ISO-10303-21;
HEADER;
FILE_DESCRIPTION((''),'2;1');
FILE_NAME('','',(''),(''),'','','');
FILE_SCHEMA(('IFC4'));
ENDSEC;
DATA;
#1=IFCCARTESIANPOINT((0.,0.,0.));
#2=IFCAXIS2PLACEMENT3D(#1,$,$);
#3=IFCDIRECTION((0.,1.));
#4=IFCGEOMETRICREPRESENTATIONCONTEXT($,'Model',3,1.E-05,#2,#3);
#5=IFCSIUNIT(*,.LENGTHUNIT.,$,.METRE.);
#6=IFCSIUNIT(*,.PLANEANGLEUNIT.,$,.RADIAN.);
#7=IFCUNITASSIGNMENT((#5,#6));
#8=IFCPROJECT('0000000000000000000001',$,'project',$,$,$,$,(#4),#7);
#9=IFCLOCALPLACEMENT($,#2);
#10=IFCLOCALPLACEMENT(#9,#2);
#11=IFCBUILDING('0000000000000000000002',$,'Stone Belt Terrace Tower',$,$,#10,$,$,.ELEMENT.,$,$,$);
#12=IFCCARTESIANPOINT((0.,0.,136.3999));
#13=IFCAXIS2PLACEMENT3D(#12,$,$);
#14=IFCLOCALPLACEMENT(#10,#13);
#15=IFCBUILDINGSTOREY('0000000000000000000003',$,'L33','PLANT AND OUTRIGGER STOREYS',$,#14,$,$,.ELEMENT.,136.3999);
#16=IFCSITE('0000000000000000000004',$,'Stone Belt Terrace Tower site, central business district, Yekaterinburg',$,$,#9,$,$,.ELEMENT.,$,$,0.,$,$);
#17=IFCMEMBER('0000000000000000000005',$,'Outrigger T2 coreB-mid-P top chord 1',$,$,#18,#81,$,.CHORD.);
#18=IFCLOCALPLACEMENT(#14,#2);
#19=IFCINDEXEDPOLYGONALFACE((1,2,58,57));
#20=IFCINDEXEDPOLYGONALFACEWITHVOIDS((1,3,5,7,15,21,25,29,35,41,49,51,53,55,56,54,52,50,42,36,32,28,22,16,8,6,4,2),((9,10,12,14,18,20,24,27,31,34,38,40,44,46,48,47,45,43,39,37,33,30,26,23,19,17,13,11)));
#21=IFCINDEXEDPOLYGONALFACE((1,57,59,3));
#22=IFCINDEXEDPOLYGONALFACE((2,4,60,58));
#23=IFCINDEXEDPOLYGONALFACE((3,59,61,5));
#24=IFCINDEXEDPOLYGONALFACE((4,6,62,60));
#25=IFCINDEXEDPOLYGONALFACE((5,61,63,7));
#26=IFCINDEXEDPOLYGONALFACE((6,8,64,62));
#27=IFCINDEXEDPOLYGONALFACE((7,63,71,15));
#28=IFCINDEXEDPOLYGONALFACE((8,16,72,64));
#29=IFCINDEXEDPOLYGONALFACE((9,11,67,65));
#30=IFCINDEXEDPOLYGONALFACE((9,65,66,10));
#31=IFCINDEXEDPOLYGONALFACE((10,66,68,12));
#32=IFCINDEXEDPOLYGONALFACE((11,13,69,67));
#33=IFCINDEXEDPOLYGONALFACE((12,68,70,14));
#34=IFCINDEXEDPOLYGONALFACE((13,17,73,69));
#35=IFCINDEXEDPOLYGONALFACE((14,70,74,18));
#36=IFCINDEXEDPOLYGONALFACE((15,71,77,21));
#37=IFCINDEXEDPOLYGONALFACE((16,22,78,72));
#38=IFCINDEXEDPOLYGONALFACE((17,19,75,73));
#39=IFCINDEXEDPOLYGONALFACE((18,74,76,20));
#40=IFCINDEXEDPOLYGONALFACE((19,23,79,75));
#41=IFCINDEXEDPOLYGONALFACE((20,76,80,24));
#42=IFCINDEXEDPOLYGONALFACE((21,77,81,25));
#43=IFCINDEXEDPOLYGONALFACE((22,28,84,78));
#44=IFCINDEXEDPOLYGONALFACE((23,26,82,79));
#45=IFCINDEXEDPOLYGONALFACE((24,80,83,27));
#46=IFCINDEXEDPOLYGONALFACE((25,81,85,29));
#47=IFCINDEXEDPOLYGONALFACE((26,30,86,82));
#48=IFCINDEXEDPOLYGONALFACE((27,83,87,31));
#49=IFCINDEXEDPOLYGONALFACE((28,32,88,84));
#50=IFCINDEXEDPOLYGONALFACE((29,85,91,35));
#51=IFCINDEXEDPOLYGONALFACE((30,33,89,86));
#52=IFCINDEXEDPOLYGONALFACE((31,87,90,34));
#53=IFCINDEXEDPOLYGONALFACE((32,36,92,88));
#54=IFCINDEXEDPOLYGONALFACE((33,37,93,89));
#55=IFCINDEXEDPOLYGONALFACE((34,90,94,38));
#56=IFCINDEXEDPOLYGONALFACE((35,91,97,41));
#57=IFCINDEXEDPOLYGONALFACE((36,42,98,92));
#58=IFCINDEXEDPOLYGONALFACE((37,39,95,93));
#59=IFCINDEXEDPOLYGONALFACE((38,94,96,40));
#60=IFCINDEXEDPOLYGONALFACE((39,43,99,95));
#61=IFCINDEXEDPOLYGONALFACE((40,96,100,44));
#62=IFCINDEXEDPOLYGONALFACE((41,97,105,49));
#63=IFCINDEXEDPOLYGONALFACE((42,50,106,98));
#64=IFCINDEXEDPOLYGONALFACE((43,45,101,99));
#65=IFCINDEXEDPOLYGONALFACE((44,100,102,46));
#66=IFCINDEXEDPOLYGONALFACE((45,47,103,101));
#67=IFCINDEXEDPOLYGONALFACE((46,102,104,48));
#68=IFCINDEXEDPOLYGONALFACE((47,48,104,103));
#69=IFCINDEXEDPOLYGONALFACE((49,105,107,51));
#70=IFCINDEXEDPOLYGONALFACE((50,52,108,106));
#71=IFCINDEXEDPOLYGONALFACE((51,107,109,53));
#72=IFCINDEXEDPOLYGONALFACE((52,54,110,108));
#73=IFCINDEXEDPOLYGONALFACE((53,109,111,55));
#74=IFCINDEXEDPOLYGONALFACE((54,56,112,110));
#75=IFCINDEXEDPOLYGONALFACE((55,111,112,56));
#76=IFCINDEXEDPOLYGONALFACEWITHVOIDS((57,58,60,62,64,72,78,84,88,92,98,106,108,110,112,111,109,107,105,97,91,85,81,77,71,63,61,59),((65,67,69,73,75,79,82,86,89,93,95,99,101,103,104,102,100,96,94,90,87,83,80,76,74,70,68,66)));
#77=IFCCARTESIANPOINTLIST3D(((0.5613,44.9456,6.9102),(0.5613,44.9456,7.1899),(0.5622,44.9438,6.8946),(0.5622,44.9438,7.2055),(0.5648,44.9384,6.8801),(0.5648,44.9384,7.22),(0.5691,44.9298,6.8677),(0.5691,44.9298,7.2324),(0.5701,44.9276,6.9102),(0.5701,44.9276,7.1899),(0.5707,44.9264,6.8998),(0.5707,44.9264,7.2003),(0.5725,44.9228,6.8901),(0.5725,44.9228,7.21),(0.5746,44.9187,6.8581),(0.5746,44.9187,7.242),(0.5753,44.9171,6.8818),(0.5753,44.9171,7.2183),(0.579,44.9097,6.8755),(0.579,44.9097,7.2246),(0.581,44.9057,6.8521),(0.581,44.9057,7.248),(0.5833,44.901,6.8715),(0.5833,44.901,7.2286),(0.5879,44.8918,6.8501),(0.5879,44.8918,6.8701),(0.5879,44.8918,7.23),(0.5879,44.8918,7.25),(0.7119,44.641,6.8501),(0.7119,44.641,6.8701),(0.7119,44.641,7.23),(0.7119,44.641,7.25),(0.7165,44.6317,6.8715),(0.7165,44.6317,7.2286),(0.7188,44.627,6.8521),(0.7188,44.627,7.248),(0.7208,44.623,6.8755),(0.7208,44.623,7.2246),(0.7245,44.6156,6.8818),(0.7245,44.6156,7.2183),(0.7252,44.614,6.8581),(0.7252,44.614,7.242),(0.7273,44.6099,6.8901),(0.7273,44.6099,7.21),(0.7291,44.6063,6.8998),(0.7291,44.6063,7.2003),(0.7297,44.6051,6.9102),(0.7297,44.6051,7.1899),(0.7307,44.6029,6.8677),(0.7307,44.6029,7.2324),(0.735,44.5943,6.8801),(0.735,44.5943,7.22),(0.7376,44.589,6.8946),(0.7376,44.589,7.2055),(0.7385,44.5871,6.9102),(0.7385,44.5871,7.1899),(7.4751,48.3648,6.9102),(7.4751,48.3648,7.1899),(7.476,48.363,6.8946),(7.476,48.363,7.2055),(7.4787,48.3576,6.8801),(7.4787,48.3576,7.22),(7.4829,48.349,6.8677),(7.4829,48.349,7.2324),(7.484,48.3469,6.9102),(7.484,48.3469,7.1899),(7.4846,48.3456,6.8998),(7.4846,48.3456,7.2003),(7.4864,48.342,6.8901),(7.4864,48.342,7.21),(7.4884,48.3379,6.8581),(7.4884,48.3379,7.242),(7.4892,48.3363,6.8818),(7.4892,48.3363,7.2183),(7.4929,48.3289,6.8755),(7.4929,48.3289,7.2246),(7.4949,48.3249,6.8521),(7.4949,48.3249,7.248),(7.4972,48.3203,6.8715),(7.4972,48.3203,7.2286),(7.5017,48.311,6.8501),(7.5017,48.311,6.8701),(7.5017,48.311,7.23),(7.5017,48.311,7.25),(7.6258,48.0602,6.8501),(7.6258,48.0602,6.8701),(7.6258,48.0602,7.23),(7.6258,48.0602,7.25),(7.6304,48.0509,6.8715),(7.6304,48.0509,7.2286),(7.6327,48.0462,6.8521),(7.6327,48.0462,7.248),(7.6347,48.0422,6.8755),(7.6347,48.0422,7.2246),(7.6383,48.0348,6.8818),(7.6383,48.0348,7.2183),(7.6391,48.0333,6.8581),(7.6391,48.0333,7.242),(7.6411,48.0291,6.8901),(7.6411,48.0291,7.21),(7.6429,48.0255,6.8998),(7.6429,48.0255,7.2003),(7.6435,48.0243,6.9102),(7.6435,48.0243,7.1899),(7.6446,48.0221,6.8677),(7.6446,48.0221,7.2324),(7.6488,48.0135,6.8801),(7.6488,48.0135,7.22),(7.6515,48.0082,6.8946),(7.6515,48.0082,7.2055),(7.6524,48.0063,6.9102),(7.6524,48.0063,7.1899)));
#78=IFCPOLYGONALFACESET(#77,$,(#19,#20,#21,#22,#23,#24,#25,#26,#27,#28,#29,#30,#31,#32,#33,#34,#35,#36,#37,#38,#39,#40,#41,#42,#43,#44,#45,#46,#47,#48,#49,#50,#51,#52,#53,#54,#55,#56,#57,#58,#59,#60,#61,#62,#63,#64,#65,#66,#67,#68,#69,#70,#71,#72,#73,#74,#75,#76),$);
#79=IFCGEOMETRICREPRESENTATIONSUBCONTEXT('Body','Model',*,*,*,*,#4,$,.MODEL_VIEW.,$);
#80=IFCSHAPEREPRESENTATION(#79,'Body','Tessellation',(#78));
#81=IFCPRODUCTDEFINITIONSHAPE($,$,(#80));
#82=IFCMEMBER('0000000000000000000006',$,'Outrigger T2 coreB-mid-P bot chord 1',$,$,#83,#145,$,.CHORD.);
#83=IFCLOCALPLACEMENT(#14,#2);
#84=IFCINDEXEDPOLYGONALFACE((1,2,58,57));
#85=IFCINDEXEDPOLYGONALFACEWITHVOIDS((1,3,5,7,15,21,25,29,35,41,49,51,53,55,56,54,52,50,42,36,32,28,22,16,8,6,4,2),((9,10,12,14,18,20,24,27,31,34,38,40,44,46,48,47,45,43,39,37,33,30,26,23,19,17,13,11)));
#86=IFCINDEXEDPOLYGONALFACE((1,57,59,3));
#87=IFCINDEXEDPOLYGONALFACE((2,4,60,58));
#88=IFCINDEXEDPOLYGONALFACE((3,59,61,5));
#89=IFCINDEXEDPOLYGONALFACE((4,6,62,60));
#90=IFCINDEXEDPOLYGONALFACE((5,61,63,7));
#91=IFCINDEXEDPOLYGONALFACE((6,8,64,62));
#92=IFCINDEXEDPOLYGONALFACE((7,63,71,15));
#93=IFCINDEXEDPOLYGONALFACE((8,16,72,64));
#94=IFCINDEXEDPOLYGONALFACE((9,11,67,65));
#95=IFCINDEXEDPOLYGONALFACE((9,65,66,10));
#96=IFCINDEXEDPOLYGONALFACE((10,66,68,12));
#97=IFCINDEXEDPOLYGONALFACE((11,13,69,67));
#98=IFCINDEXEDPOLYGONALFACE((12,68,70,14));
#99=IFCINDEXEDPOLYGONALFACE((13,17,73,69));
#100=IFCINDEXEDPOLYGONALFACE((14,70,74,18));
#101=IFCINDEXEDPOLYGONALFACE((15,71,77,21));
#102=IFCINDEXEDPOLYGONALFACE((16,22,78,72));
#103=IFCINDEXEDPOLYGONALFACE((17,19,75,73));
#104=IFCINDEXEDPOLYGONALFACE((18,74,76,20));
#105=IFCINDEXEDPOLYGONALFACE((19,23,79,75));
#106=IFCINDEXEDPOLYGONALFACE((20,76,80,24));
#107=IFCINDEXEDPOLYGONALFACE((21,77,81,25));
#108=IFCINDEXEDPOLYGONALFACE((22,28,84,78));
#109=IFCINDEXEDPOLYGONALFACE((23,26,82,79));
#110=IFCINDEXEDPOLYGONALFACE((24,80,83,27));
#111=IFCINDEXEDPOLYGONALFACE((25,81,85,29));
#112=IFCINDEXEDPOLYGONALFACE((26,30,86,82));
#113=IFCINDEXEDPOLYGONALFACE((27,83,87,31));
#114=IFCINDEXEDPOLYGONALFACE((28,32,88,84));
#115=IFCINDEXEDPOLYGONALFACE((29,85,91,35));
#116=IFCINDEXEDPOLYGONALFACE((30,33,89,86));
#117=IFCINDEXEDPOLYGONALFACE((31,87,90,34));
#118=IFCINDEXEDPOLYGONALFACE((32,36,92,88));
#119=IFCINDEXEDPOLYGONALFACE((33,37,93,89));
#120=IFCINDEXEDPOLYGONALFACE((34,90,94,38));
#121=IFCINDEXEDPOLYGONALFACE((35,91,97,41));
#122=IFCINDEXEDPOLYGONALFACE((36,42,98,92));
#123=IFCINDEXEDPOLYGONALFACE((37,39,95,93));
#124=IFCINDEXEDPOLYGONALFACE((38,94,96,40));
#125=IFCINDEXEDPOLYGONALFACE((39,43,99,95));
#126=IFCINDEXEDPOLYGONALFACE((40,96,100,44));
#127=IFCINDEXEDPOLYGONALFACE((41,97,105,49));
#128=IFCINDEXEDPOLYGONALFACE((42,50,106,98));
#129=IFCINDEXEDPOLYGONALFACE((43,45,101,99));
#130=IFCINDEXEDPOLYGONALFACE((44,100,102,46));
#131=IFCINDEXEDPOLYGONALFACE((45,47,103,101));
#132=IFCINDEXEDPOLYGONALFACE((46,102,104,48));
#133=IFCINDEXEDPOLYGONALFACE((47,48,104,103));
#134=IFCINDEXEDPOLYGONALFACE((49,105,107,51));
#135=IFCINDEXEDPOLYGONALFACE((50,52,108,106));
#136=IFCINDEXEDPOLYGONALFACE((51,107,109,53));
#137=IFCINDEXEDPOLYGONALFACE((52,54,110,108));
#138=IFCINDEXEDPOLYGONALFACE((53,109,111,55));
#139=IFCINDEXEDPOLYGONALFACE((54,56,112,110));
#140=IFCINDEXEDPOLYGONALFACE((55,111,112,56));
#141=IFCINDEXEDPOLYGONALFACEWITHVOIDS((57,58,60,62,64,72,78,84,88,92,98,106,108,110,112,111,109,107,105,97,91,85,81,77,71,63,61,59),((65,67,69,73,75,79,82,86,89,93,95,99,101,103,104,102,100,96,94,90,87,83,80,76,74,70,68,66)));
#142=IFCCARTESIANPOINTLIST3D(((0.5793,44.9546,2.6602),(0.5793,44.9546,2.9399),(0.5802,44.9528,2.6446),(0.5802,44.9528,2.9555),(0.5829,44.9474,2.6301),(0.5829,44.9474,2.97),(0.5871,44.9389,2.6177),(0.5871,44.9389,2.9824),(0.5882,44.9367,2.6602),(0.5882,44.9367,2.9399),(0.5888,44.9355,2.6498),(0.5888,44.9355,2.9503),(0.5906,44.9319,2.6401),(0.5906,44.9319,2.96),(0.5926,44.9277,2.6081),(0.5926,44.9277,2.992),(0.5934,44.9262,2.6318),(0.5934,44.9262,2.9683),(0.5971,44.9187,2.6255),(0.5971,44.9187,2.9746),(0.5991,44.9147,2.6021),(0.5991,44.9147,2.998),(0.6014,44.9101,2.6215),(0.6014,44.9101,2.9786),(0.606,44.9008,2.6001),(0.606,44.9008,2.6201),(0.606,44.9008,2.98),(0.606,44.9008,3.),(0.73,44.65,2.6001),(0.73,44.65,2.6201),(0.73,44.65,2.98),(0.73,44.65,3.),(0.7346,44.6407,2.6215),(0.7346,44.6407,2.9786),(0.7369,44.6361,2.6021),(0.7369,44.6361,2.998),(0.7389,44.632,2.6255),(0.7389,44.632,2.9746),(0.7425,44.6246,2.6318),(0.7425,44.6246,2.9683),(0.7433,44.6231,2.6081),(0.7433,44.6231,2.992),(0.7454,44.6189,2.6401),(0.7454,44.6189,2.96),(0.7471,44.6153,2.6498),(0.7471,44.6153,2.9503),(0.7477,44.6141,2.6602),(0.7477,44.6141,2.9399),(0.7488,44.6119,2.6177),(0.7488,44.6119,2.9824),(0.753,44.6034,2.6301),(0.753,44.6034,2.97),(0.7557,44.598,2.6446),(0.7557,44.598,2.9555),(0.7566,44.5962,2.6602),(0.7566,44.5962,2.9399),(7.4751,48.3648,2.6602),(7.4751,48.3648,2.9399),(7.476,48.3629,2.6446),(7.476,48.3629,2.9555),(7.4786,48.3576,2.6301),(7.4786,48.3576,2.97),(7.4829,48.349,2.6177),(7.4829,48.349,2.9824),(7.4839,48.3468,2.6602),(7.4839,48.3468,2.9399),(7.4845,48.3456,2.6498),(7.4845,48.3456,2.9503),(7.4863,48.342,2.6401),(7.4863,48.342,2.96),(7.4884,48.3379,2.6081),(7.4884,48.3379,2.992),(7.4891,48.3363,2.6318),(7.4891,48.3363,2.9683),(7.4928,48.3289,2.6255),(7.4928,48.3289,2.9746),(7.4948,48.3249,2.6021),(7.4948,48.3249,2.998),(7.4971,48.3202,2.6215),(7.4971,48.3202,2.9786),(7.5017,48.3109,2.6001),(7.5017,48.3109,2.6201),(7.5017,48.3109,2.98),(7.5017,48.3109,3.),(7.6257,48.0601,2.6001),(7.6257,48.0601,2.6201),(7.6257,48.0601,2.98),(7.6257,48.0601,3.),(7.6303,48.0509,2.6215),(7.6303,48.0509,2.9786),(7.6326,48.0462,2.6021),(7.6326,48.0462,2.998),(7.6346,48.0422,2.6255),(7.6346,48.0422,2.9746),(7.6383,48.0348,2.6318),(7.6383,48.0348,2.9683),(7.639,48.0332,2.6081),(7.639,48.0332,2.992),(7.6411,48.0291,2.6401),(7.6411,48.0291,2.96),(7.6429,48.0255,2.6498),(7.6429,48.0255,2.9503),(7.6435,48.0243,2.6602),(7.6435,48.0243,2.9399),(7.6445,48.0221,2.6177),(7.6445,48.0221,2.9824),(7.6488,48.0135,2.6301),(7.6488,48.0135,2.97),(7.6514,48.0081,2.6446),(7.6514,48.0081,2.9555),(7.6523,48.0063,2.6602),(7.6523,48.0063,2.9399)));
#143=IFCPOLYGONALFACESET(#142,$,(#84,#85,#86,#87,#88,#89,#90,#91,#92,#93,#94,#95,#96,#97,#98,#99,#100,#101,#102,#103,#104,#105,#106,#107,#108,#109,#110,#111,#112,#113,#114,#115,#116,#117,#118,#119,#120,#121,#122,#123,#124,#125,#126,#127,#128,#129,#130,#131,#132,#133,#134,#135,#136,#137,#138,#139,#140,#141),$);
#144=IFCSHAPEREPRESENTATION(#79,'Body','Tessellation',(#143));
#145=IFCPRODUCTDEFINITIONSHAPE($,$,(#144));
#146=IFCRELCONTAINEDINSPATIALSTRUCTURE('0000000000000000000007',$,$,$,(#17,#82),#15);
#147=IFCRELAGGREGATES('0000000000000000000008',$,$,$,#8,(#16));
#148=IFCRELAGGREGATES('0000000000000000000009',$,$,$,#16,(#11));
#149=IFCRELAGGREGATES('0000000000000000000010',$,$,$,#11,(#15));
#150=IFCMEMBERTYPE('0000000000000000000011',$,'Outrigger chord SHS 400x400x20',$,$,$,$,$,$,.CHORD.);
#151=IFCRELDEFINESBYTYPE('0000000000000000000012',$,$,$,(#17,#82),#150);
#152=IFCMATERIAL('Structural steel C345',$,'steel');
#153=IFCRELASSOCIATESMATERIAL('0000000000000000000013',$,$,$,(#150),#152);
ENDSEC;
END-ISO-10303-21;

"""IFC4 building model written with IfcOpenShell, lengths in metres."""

from ifc_helpers import new_model, si_unit, direction, frame, origin, origin_2d, place, context, subcontext, project, spatial, hollow_rectangle, extrude, material, material_profile, profile_set, type_object, element, save


model = new_model("IFC4")

# Units and contexts
model_context = context("Model", 3, precision=1e-05, world=origin(), true_north=direction((0.0, 1.0)))
body_context = subcontext(model_context, "Body", "Model", "MODEL_VIEW")
ifc_project = project(units=[si_unit("LENGTHUNIT", "METRE"), si_unit("PLANEANGLEUNIT", "RADIAN")], contexts=[model_context])

# Site, building, storey
site_placement = place(None, origin())
site = spatial("IfcSite", under=ifc_project, at=site_placement, Name="Stone Belt Terrace Tower site, central business district, Yekaterinburg", CompositionType="ELEMENT", RefElevation=0.0)
building_placement = place(site_placement, origin())
building = spatial("IfcBuilding", under=site, at=building_placement, Name="Stone Belt Terrace Tower", CompositionType="ELEMENT")
storey_placement = place(building_placement, frame((0.0, 0.0, 136.3999)))
storey = spatial("IfcBuildingStorey", under=building, at=storey_placement, Name="L33", Description="PLANT AND OUTRIGGER STOREYS", CompositionType="ELEMENT", Elevation=136.3999)

# Members
ifc_material_1 = material(Name="Structural steel C345", Category="steel")
ifc_material_profile_1 = material_profile(ifc_material_1, hollow_rectangle(XDim=0.3999, YDim=0.3999, WallThickness=0.02, InnerFilletRadius=0.04, OuterFilletRadius=0.0601, at=origin_2d()), Name="SHS 400x400x20")
ifc_profile_set_1 = profile_set([ifc_material_profile_1], Name="Structural steel C345")
member_type_1 = type_object("IfcMemberType", Name="Outrigger chord SHS 400x400x20", PredefinedType="CHORD", material=ifc_profile_set_1)
member_1_placement = place(storey_placement, frame((0.6499, 44.7664, 7.05), z_axis=(0.896375, 0.443297, 0.0), x_axis=(-0.443297, 0.896375, 0.0)))
element("IfcMember", 1, at=member_1_placement, inside=storey, type_object=member_type_1, Name="Outrigger T2 coreB-mid-P top chord 1", PredefinedType="CHORD", context=body_context, shape_type="SweptSolid", body=[
    extrude(hollow_rectangle(XDim=0.3999, YDim=0.3999, WallThickness=0.02, InnerFilletRadius=0.04, OuterFilletRadius=0.0601, at=origin_2d()), origin(), (0.0, 0.0, 1.0), 7.7131),
])
member_2_placement = place(storey_placement, frame((0.668, 44.7754, 2.8), z_axis=(0.89638, 0.443287, 0.0), x_axis=(-0.443287, 0.89638, 0.0)))
element("IfcMember", 2, at=member_2_placement, inside=storey, type_object=member_type_1, Name="Outrigger T2 coreB-mid-P bot chord 1", PredefinedType="CHORD", context=body_context, shape_type="SweptSolid", body=[
    extrude(hollow_rectangle(XDim=0.3999, YDim=0.3999, WallThickness=0.02, InnerFilletRadius=0.04, OuterFilletRadius=0.0601, at=origin_2d()), origin(), (0.0, 0.0, 1.0), 7.6929),
])

save(model, "model.ifc")
